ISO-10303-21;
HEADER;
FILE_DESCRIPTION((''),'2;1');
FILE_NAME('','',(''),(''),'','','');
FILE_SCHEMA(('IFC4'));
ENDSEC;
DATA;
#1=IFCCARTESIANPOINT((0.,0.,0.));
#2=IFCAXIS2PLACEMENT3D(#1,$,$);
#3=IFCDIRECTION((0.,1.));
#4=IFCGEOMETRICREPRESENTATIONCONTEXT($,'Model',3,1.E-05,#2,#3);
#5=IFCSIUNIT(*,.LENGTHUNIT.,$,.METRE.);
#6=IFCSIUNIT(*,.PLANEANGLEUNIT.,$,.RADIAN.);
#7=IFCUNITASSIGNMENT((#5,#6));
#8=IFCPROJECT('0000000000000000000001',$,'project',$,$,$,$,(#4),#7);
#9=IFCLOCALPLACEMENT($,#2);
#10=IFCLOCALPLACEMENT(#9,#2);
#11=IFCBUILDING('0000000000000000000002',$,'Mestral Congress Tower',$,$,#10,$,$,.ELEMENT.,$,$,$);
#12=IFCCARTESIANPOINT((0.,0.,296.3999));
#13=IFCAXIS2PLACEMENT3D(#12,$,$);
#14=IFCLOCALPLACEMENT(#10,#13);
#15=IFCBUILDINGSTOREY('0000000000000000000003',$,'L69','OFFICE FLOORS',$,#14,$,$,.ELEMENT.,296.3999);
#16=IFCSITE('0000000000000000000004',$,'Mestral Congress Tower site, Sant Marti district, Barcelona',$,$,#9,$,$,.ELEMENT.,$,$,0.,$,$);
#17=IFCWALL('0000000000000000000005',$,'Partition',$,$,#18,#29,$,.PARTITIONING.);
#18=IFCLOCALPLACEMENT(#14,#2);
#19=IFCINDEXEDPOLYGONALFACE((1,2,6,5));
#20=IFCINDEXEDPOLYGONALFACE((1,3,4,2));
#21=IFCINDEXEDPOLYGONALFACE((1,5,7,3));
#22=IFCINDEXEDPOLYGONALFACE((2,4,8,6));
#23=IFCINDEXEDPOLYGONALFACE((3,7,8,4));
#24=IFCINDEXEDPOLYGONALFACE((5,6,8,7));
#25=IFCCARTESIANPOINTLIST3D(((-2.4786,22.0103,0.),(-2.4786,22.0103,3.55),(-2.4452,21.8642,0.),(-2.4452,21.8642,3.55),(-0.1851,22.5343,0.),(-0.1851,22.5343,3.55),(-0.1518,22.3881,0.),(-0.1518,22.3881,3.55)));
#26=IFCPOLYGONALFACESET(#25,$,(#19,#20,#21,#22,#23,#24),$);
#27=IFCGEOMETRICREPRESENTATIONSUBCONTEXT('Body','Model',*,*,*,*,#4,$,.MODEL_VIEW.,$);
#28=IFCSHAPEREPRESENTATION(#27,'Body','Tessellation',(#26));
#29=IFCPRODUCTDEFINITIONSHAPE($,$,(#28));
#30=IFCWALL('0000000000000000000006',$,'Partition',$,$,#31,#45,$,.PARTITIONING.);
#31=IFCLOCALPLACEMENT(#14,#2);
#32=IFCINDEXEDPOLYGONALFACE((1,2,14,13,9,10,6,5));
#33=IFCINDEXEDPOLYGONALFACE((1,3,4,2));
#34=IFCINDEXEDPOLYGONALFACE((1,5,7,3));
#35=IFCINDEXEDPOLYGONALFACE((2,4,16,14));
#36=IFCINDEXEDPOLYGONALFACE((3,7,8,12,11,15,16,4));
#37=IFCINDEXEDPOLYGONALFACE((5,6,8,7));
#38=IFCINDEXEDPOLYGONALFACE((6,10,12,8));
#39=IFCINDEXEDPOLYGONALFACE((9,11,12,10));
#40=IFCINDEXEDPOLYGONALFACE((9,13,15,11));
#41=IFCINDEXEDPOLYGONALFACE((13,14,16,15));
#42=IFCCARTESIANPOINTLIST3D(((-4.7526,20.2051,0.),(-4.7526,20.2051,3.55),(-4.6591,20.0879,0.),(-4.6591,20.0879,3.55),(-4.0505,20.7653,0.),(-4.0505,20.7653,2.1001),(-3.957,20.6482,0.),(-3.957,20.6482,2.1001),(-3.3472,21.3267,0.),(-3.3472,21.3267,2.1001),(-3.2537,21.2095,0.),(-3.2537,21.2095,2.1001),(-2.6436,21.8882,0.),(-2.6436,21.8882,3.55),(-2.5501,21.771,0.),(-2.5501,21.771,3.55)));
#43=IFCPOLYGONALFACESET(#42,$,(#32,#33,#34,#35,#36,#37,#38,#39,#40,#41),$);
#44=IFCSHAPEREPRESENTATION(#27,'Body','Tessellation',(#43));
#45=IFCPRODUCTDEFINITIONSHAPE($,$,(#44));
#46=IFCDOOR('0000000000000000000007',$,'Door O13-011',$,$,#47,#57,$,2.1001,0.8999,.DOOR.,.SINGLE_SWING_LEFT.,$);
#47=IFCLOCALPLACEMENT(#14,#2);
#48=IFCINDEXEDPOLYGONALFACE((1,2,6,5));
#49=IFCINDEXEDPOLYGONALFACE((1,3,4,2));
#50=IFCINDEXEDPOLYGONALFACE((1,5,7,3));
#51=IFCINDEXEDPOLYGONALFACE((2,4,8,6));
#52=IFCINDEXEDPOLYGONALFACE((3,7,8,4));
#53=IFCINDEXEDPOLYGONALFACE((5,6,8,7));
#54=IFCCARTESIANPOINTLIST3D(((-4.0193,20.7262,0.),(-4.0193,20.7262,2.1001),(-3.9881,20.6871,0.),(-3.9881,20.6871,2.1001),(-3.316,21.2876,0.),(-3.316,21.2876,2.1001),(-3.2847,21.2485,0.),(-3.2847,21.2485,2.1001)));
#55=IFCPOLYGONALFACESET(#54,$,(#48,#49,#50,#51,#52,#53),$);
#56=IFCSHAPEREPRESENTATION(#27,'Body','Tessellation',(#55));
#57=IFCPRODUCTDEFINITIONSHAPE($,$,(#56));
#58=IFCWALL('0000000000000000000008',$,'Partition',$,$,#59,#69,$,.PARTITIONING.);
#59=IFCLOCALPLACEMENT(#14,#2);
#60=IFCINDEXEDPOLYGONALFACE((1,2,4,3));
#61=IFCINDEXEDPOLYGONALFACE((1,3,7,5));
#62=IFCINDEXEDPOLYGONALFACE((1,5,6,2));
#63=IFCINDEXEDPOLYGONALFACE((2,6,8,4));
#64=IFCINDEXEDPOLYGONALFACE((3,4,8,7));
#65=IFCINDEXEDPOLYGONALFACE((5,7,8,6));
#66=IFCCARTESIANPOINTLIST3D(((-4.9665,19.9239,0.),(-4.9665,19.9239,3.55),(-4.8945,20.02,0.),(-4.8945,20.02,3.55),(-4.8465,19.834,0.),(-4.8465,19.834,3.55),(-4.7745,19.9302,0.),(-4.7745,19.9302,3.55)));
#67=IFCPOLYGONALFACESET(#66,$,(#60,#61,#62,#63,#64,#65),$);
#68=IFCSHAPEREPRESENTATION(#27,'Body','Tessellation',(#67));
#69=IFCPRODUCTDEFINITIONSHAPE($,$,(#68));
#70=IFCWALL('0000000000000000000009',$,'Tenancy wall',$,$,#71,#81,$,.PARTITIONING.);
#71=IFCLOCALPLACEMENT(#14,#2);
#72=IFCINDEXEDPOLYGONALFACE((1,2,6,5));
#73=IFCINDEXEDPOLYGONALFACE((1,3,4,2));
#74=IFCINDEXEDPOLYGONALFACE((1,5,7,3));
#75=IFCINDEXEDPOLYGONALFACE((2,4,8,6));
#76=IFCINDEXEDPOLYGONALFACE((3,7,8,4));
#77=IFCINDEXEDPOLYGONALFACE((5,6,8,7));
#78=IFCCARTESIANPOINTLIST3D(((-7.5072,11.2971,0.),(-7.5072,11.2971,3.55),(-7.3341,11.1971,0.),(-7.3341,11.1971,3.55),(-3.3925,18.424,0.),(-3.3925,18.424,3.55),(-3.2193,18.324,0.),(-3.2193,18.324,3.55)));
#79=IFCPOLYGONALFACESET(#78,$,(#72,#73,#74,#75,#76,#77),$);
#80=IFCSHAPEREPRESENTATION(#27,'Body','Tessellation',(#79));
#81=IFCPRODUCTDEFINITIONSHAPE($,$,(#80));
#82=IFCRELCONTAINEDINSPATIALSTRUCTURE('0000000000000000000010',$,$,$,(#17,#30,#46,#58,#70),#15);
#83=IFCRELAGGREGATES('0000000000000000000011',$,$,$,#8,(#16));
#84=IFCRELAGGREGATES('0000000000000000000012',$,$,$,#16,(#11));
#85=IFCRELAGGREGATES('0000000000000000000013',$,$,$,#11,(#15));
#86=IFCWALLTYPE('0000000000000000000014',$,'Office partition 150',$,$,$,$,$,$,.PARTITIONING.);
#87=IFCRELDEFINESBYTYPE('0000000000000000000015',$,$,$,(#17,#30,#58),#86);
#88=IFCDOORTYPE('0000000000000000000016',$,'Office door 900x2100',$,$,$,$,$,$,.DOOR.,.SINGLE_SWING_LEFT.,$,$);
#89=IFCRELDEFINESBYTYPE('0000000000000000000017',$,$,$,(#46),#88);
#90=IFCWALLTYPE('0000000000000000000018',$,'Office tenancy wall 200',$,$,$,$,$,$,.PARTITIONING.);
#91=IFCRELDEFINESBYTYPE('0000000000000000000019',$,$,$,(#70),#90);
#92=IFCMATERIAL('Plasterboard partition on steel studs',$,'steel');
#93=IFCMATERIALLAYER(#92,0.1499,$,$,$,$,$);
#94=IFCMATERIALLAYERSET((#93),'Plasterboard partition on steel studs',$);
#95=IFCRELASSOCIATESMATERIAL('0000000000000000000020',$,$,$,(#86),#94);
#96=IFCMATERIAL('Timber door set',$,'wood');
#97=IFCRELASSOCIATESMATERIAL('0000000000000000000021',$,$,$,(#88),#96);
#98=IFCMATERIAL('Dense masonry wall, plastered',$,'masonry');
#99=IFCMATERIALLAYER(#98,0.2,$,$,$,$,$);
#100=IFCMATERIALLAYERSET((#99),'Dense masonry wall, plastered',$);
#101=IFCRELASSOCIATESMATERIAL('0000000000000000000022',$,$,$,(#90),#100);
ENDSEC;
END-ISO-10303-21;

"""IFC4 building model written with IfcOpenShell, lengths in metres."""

from ifc_helpers import new_model, si_unit, direction, frame, frame_2d, origin, place, context, subcontext, project, spatial, rectangle, extrude, material, layer, layer_set, type_object, element, fill, save


model = new_model("IFC4")

# Units and contexts
model_context = context("Model", 3, precision=1e-05, world=origin(), true_north=direction((0.0, 1.0)))
body_context = subcontext(model_context, "Body", "Model", "MODEL_VIEW")
ifc_project = project(units=[si_unit("LENGTHUNIT", "METRE"), si_unit("PLANEANGLEUNIT", "RADIAN")], contexts=[model_context])

# Site, building, storey
site_placement = place(None, origin())
site = spatial("IfcSite", under=ifc_project, at=site_placement, Name="Mestral Congress Tower site, Sant Marti district, Barcelona", CompositionType="ELEMENT", RefElevation=0.0)
building_placement = place(site_placement, origin())
building = spatial("IfcBuilding", under=site, at=building_placement, Name="Mestral Congress Tower", CompositionType="ELEMENT")
storey_placement = place(building_placement, frame((0.0, 0.0, 296.3999)))
storey = spatial("IfcBuildingStorey", under=building, at=storey_placement, Name="L69", Description="OFFICE FLOORS", CompositionType="ELEMENT", Elevation=296.3999)

# Wall
ifc_material_1 = material(Name="Plasterboard partition on steel studs", Category="steel")
ifc_layer_1 = layer(ifc_material_1, 0.1499)
ifc_layer_set_1 = layer_set([ifc_layer_1], Name="Plasterboard partition on steel studs")
wall_type_1 = type_object("IfcWallType", Name="Office partition 150", PredefinedType="PARTITIONING", material=ifc_layer_set_1)
wall_1_placement = place(storey_placement, frame((-0.1685, 22.4612, 0.0), z_axis=(0.0, 0.0, 1.0), x_axis=(-0.974886, -0.222706, 0.0)))
element("IfcWall", 1, at=wall_1_placement, inside=storey, type_object=wall_type_1, Name="Partition", PredefinedType="PARTITIONING", context=body_context, shape_type="SweptSolid", body=[
    extrude(rectangle(XDim=2.3525, YDim=0.1499, at=frame_2d((1.1763, 0.0))), origin(), (0.0, 0.0, 1.0), 3.55),
])

# Wall, opening, door
wall_2_placement = place(storey_placement, frame((-4.7058, 20.1465, 0.0), z_axis=(0.0, 0.0, 1.0), x_axis=(0.781592, 0.62379, 0.0)))
wall_2 = element("IfcWall", 2, at=wall_2_placement, inside=storey, type_object=wall_type_1, Name="Partition", PredefinedType="PARTITIONING", context=body_context, shape_type="SweptSolid", body=[
    extrude(rectangle(XDim=2.6982, YDim=0.1499, at=frame_2d((1.3491, 0.0))), origin(), (0.0, 0.0, 1.0), 3.55),
])
opening_1_placement = place(wall_2_placement, frame((0.8982, 0.0, 0.0)))
opening_1 = element("IfcOpeningElement", 3, at=opening_1_placement, cuts=wall_2, PredefinedType="OPENING", context=body_context, shape_type="SweptSolid", body=[
    extrude(rectangle(XDim=0.8999, YDim=2.1001, at=frame_2d((0.45, 1.05))), frame((0.0, 0.085, 0.0), z_axis=(0.0, -1.0, 0.0), x_axis=(1.0, 0.0, 0.0)), (0.0, 0.0, 1.0), 0.1699),
])
ifc_material_2 = material(Name="Timber door set", Category="wood")
door_type = type_object("IfcDoorType", Name="Office door 900x2100", OperationType="SINGLE_SWING_LEFT", PredefinedType="DOOR", material=ifc_material_2)
door_placement = place(opening_1_placement, origin())
door = element("IfcDoor", 4, at=door_placement, inside=storey, type_object=door_type, Name="Door O13-011", OperationType="SINGLE_SWING_LEFT", OverallHeight=2.1001, OverallWidth=0.8999, PredefinedType="DOOR", context=body_context, shape_type="SweptSolid", body=[
    extrude(rectangle(XDim=0.8999, YDim=2.1001, at=frame_2d((0.45, 1.05))), frame((0.0, 0.0249, 0.0), z_axis=(0.0, -1.0, 0.0), x_axis=(1.0, 0.0, 0.0)), (0.0, 0.0, 1.0), 0.05),
])
fill(opening_1, door)

# Walls
wall_3_placement = place(storey_placement, frame((-4.8345, 19.9751, 0.0), z_axis=(0.0, 0.0, 1.0), x_axis=(-0.59935, -0.800487, 0.0)))
element("IfcWall", 5, at=wall_3_placement, inside=storey, type_object=wall_type_1, Name="Partition", PredefinedType="PARTITIONING", context=body_context, shape_type="SweptSolid", body=[
    extrude(rectangle(XDim=0.1201, YDim=0.1499, at=frame_2d((0.0601, 0.0))), origin(), (0.0, 0.0, 1.0), 3.55),
])
ifc_material_3 = material(Name="Dense masonry wall, plastered", Category="masonry")
ifc_layer_2 = layer(ifc_material_3, 0.2)
ifc_layer_set_2 = layer_set([ifc_layer_2], Name="Dense masonry wall, plastered")
wall_type_2 = type_object("IfcWallType", Name="Office tenancy wall 200", PredefinedType="PARTITIONING", material=ifc_layer_set_2)
wall_4_placement = place(storey_placement, frame((-3.3059, 18.374, 0.0), z_axis=(0.0, 0.0, 1.0), x_axis=(-0.5, -0.866026, 0.0)))
element("IfcWall", 6, at=wall_4_placement, inside=storey, type_object=wall_type_2, Name="Tenancy wall", PredefinedType="PARTITIONING", context=body_context, shape_type="SweptSolid", body=[
    extrude(rectangle(XDim=8.2295, YDim=0.2, at=frame_2d((4.1147, 0.0))), origin(), (0.0, 0.0, 1.0), 3.55),
])

save(model, "model.ifc")
